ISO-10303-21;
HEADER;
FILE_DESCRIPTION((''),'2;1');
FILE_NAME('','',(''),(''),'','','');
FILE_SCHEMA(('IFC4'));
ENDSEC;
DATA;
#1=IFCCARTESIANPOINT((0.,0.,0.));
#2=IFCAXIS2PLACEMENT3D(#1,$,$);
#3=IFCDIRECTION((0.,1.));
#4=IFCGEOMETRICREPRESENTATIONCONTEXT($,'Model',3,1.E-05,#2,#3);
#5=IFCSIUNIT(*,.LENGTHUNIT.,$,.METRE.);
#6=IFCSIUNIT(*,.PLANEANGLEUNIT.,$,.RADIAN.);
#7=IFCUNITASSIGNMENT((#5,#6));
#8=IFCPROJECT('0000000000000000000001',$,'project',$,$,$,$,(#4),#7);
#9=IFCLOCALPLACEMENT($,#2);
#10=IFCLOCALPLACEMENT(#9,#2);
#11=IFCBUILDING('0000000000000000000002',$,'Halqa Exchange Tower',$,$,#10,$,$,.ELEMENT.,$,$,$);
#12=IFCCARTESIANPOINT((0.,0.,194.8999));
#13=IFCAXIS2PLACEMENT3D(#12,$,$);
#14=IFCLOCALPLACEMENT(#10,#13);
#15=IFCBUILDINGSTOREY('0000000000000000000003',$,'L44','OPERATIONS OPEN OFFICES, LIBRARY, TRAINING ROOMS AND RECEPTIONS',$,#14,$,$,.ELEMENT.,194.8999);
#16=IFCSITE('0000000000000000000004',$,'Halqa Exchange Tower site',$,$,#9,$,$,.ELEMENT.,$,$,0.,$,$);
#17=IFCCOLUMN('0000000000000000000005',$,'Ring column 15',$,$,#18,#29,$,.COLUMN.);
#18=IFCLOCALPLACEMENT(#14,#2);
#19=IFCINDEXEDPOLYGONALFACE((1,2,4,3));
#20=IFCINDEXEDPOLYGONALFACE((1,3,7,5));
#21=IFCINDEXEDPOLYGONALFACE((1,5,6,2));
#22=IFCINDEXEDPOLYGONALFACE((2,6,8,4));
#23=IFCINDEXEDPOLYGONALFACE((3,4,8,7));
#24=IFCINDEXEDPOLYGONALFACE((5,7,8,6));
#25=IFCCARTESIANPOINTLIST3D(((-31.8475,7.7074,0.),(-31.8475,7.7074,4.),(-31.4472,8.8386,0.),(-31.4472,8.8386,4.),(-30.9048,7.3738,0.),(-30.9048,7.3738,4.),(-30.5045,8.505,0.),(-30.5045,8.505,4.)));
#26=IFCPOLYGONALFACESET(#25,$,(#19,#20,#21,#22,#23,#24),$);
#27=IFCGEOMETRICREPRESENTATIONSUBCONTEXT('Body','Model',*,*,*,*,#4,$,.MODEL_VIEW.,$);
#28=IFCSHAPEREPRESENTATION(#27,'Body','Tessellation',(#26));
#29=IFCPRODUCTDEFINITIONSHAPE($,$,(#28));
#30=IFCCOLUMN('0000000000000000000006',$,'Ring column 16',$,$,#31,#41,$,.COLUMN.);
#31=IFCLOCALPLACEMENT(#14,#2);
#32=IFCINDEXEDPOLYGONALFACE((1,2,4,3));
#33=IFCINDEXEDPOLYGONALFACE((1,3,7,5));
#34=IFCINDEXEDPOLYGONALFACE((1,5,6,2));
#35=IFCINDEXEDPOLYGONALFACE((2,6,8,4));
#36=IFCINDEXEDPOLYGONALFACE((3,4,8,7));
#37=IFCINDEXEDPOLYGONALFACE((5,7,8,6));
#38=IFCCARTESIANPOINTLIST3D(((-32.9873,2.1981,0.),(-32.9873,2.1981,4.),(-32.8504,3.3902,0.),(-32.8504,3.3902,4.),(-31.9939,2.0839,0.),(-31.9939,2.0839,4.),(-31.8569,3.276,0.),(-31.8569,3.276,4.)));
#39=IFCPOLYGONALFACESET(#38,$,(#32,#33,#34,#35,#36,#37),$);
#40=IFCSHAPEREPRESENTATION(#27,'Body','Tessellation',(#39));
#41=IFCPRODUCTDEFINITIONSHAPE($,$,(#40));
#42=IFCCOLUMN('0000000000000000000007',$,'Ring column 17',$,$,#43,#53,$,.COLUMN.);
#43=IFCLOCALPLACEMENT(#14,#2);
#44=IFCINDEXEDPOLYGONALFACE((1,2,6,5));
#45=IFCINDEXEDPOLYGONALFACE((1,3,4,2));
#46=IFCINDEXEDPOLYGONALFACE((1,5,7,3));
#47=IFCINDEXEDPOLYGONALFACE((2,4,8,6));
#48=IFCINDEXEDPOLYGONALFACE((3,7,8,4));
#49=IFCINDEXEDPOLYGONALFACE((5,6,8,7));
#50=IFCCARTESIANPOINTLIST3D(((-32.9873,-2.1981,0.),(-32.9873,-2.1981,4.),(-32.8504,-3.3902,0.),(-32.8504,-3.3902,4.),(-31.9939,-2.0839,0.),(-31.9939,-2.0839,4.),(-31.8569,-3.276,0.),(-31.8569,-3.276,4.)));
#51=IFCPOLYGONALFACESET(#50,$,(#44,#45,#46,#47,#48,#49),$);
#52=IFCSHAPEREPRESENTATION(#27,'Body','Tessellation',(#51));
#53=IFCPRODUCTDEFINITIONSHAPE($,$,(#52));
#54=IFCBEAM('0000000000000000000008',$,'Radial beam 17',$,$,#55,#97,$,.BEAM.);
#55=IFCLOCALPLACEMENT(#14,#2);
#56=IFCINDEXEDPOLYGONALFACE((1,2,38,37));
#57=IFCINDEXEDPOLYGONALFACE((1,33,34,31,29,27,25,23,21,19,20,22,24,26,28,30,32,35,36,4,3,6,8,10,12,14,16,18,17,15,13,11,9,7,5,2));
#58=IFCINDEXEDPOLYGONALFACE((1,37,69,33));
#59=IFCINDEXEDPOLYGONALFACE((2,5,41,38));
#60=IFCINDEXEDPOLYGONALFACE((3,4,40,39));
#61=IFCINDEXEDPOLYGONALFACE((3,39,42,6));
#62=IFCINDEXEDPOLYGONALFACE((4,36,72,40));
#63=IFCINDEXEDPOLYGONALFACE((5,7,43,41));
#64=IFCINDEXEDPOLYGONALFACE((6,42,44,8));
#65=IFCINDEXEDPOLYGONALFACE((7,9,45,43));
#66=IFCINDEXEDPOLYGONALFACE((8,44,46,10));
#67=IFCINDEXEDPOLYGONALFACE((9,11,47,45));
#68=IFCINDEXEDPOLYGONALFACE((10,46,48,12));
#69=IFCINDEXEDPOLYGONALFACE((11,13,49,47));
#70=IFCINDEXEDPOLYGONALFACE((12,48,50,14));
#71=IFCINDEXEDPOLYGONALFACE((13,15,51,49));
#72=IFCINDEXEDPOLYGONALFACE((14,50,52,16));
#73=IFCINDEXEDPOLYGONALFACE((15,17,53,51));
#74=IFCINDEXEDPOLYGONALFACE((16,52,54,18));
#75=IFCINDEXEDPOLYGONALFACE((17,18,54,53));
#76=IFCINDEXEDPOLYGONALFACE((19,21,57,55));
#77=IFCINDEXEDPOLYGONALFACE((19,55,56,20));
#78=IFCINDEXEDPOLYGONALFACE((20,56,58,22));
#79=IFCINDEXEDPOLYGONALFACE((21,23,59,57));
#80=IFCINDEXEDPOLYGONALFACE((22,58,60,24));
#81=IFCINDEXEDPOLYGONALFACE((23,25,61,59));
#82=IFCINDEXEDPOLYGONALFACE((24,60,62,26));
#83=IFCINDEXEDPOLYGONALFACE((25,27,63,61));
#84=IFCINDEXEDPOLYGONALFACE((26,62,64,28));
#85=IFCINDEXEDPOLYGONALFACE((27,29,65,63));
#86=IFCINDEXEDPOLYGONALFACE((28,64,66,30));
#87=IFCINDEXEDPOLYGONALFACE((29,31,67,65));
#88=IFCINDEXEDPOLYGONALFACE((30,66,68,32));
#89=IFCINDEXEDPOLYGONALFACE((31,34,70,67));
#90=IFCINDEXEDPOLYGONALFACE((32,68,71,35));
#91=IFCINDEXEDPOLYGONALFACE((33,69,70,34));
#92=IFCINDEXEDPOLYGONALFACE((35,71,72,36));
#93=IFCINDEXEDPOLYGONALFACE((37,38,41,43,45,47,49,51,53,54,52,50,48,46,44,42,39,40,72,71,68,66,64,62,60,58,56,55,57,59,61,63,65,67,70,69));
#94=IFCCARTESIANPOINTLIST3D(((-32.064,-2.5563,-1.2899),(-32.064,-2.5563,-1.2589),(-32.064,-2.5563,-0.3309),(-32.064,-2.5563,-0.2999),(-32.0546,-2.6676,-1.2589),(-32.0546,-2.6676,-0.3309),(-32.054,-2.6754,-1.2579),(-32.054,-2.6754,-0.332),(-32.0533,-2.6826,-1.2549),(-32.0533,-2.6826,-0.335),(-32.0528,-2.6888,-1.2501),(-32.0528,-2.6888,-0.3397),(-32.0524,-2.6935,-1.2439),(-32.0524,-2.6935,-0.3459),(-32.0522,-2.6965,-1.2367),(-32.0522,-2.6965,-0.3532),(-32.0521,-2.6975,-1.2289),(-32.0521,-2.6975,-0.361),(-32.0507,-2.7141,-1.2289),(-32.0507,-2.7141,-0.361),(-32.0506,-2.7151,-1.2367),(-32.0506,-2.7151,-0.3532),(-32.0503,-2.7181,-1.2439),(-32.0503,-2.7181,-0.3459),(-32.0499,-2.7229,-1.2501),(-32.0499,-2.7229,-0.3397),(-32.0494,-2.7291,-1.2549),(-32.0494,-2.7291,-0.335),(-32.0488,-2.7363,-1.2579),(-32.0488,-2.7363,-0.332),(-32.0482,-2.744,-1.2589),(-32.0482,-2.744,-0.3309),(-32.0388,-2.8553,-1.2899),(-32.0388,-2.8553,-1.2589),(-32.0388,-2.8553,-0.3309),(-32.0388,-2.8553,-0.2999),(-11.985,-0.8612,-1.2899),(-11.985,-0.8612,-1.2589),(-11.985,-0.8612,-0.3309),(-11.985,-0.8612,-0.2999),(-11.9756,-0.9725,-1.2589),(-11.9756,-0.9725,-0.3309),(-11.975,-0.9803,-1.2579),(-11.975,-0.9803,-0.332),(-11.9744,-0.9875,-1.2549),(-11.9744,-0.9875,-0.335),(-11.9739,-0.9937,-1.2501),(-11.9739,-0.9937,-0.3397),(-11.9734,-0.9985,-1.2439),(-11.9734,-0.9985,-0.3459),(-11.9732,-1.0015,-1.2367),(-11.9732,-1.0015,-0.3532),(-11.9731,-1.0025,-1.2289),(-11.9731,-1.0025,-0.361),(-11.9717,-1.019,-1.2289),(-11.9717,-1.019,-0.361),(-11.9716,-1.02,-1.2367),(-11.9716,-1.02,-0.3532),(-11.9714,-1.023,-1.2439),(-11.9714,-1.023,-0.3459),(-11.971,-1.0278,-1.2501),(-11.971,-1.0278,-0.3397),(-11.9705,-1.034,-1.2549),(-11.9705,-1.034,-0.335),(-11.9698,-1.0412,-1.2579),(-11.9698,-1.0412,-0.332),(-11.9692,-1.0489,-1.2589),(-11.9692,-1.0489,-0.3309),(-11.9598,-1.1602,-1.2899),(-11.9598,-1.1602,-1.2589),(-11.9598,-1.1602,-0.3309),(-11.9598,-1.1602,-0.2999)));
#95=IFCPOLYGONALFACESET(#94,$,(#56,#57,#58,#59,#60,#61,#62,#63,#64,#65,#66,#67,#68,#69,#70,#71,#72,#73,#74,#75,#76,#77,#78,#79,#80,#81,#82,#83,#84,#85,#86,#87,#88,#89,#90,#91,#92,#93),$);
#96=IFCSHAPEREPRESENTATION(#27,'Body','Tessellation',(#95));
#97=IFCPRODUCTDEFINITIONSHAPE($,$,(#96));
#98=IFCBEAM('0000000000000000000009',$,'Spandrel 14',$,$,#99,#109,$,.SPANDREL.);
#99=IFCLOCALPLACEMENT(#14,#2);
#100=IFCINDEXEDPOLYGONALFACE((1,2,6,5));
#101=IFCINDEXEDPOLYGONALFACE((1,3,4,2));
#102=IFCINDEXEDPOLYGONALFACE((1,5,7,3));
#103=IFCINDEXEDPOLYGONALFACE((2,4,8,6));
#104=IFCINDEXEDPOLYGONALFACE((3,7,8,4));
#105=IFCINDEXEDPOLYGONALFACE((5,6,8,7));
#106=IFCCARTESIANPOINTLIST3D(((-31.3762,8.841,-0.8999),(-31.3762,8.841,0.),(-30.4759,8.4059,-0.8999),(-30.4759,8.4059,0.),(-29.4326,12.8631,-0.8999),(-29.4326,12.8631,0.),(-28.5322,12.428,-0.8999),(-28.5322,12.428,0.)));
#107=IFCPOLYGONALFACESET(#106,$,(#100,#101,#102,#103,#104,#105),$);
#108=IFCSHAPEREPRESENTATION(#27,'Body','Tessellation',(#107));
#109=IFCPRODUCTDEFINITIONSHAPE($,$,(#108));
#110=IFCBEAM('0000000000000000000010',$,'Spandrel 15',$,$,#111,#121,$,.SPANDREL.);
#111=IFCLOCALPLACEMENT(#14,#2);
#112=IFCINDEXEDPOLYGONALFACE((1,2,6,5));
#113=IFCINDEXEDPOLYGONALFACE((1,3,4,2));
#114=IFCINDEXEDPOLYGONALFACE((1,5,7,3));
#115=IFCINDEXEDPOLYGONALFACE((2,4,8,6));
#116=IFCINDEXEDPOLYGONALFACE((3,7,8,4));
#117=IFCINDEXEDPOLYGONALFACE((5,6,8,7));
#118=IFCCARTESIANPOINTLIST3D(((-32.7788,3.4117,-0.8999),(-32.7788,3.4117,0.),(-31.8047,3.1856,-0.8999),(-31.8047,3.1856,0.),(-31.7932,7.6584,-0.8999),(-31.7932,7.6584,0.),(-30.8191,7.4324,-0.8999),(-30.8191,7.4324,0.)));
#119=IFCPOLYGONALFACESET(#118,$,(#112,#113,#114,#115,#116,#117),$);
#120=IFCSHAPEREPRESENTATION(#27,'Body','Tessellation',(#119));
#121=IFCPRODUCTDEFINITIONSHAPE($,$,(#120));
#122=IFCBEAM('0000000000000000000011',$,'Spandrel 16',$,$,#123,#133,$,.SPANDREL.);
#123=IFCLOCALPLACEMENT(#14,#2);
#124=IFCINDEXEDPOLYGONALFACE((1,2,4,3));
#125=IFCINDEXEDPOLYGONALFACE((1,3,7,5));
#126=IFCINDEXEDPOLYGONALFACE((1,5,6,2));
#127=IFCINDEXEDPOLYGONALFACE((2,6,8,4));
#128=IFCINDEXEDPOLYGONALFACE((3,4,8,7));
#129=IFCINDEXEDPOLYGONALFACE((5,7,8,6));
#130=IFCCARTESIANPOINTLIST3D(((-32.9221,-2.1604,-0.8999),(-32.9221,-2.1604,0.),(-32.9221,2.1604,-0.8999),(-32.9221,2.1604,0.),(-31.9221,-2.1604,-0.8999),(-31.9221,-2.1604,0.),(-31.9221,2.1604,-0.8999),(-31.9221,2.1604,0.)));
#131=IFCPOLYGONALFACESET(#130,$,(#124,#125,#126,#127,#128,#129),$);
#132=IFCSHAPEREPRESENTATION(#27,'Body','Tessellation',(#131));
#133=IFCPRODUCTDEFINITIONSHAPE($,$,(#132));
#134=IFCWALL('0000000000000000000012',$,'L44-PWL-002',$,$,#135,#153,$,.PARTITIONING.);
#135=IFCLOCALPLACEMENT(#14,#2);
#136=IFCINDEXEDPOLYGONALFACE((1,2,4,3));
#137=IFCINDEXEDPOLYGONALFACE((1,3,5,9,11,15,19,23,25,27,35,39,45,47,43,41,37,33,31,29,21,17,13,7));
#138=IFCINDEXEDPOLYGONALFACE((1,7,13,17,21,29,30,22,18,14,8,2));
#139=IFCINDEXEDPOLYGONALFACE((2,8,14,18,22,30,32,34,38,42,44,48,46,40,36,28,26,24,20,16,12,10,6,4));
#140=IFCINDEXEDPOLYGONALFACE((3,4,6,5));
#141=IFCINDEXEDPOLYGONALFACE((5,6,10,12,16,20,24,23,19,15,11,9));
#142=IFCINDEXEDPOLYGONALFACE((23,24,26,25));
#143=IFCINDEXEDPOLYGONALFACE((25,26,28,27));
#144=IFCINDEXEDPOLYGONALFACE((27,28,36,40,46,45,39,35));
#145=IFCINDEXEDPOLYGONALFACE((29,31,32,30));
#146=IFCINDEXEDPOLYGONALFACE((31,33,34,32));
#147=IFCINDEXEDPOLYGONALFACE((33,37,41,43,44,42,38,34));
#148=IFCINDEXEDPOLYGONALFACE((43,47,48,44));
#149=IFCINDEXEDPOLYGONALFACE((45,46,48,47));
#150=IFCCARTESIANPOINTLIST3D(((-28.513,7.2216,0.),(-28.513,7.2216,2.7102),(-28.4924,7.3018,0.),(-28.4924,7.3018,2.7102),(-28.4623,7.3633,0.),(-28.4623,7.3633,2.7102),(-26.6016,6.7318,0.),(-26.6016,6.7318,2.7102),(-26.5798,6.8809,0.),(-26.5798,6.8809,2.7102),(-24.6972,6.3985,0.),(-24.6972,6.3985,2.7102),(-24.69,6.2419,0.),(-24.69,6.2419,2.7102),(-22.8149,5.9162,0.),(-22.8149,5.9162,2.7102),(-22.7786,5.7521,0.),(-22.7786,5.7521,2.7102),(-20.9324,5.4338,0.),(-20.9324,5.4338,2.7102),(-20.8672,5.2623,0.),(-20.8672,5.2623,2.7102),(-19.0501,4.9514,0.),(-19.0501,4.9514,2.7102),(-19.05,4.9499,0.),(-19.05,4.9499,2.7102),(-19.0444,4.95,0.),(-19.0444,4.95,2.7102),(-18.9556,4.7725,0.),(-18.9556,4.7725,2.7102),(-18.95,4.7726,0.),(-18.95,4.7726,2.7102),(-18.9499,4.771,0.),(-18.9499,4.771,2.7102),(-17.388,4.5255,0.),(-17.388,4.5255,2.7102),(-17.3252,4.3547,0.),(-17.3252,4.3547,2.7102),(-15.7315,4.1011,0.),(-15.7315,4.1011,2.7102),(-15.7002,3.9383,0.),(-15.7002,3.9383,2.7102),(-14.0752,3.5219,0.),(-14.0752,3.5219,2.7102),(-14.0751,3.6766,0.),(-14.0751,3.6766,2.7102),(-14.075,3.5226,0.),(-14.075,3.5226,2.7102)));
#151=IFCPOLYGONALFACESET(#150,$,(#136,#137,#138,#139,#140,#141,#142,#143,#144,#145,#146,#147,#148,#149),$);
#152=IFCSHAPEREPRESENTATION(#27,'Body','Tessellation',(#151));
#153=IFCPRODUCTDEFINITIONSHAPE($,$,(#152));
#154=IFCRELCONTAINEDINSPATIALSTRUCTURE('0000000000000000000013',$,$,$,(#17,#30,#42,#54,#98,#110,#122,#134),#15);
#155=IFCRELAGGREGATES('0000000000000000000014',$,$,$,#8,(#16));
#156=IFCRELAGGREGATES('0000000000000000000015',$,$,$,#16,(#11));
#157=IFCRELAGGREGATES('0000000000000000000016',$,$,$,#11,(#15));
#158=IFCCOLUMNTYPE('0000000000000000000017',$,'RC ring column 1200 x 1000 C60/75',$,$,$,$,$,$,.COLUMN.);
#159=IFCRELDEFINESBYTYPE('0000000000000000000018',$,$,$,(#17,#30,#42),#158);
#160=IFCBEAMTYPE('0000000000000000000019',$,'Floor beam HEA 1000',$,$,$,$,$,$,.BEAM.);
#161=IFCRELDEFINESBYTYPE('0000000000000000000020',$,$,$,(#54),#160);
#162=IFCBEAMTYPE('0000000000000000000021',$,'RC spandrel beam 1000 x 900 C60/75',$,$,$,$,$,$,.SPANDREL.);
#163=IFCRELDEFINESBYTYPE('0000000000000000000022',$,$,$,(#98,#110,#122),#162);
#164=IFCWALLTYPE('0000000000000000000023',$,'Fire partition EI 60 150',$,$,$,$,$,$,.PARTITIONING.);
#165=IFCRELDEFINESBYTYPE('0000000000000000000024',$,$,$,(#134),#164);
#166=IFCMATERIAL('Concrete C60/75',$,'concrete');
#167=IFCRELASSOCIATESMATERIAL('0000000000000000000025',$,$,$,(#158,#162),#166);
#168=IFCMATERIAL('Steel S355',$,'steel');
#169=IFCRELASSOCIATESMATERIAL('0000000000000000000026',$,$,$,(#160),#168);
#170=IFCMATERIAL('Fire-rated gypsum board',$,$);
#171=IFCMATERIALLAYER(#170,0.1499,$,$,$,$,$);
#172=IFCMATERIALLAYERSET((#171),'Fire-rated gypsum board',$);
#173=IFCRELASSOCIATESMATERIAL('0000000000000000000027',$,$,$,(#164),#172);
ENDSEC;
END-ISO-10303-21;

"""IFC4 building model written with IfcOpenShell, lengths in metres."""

from ifc_helpers import new_model, si_unit, direction, frame, origin, origin_2d, place, context, subcontext, project, spatial, polyline, rectangle, i_section, outline, extrude, material, layer, layer_set, material_profile, profile_set, type_object, element, save


model = new_model("IFC4")

# Units and contexts
model_context = context("Model", 3, precision=1e-05, world=origin(), true_north=direction((0.0, 1.0)))
body_context = subcontext(model_context, "Body", "Model", "MODEL_VIEW")
ifc_project = project(units=[si_unit("LENGTHUNIT", "METRE"), si_unit("PLANEANGLEUNIT", "RADIAN")], contexts=[model_context])

# Site, building, storey
site_placement = place(None, origin())
site = spatial("IfcSite", under=ifc_project, at=site_placement, Name="Halqa Exchange Tower site", CompositionType="ELEMENT", RefElevation=0.0)
building_placement = place(site_placement, origin())
building = spatial("IfcBuilding", under=site, at=building_placement, Name="Halqa Exchange Tower", CompositionType="ELEMENT")
storey_placement = place(building_placement, frame((0.0, 0.0, 194.8999)))
storey = spatial("IfcBuildingStorey", under=building, at=storey_placement, Name="L44", Description="OPERATIONS OPEN OFFICES, LIBRARY, TRAINING ROOMS AND RECEPTIONS", CompositionType="ELEMENT", Elevation=194.8999)

# Columns
ifc_material_1 = material(Name="Concrete C60/75", Category="concrete")
ifc_material_profile_1 = material_profile(ifc_material_1, rectangle(XDim=1.2, YDim=1.0, at=origin_2d()), Name="1200 x 1000")
ifc_profile_set_1 = profile_set([ifc_material_profile_1], Name="Concrete C60/75")
column_type = type_object("IfcColumnType", Name="RC ring column 1200 x 1000 C60/75", PredefinedType="COLUMN", material=ifc_profile_set_1)
for number, where, z_axis, x_axis, name in (
    (1, (-31.176, 8.1062, 0.0), (0.0, 0.0, 1.0), (-0.333626, -0.942706, 0.0), "Ring column 15"),
    (2, (-32.4221, 2.7371, 0.0), (0.0, 0.0, 1.0), (-0.11415, -0.993464, 0.0), "Ring column 16"),
    (3, (-32.4221, -2.7371, 0.0), (0.0, 0.0, 1.0), (0.11415, -0.993464, 0.0), "Ring column 17"),
):
    element("IfcColumn", number, at=place(storey_placement, frame(where, z_axis=z_axis, x_axis=x_axis)), inside=storey, type_object=column_type, Name=name, PredefinedType="COLUMN", context=body_context, shape_type="SweptSolid", body=[
        extrude(rectangle(XDim=1.2, YDim=1.0, at=origin_2d()), origin(), (0.0, 0.0, 1.0), 4.0),
    ])

# Beams
ifc_material_2 = material(Name="Steel S355", Category="steel")
ifc_material_profile_2 = material_profile(ifc_material_2, i_section(OverallWidth=0.3, OverallDepth=0.99, WebThickness=0.0166, FlangeThickness=0.031, FilletRadius=0.03, at=origin_2d()), Name="HEA 1000")
ifc_profile_set_2 = profile_set([ifc_material_profile_2], Name="Steel S355")
beam_type_1 = type_object("IfcBeamType", Name="Floor beam HEA 1000", PredefinedType="BEAM", material=ifc_profile_set_2)
beam_1_placement = place(storey_placement, frame((-11.9724, -1.0107, -0.7949), z_axis=(-0.996456, -0.084121, 0.0), x_axis=(0.084121, -0.996456, 0.0)))
element("IfcBeam", 4, at=beam_1_placement, inside=storey, type_object=beam_type_1, Name="Radial beam 17", PredefinedType="BEAM", context=body_context, shape_type="SweptSolid", body=[
    extrude(i_section(OverallWidth=0.3, OverallDepth=0.99, WebThickness=0.0166, FlangeThickness=0.031, FilletRadius=0.03, at=origin_2d()), origin(), (0.0, 0.0, 1.0), 20.1504),
])
ifc_material_profile_3 = material_profile(ifc_material_1, rectangle(XDim=1.0, YDim=0.8999, at=origin_2d()), Name="1000 x 900")
ifc_profile_set_3 = profile_set([ifc_material_profile_3], Name="Concrete C60/75")
beam_type_2 = type_object("IfcBeamType", Name="RC spandrel beam 1000 x 900 C60/75", PredefinedType="SPANDREL", material=ifc_profile_set_3)
beam_2_placement = place(storey_placement, frame((-28.9824, 12.6455, -0.45), z_axis=(-0.435105, -0.90038, 0.0), x_axis=(0.90038, -0.435105, 0.0)))
element("IfcBeam", 5, at=beam_2_placement, inside=storey, type_object=beam_type_2, Name="Spandrel 14", PredefinedType="SPANDREL", context=body_context, shape_type="SweptSolid", body=[
    extrude(rectangle(XDim=1.0, YDim=0.8999, at=origin_2d()), origin(), (0.0, 0.0, 1.0), 4.467),
])
beam_3_placement = place(storey_placement, frame((-31.3062, 7.5454, -0.45), z_axis=(-0.22607, -0.974111, 0.0), x_axis=(0.974111, -0.22607, 0.0)))
element("IfcBeam", 6, at=beam_3_placement, inside=storey, type_object=beam_type_2, Name="Spandrel 15", PredefinedType="SPANDREL", context=body_context, shape_type="SweptSolid", body=[
    extrude(rectangle(XDim=1.0, YDim=0.8999, at=origin_2d()), origin(), (0.0, 0.0, 1.0), 4.3596),
])
beam_4_placement = place(storey_placement, frame((-32.4221, 2.1604, -0.45), z_axis=(0.0, -1.0, 0.0), x_axis=(1.0, 0.0, 0.0)))
element("IfcBeam", 7, at=beam_4_placement, inside=storey, type_object=beam_type_2, Name="Spandrel 16", PredefinedType="SPANDREL", context=body_context, shape_type="SweptSolid", body=[
    extrude(rectangle(XDim=1.0, YDim=0.8999, at=origin_2d()), origin(), (0.0, 0.0, 1.0), 4.3208),
])

# Wall
ifc_material_3 = material(Name="Fire-rated gypsum board")
ifc_layer_1 = layer(ifc_material_3, 0.1499)
ifc_layer_set_1 = layer_set([ifc_layer_1], Name="Fire-rated gypsum board")
wall_type_1 = type_object("IfcWallType", Name="Fire partition EI 60 150", PredefinedType="PARTITIONING", material=ifc_layer_set_1)
wall_1_placement = place(storey_placement, frame((-28.4944, 7.2942, 0.0), z_axis=(0.0, 0.0, 1.0), x_axis=(0.968701, -0.248232, 0.0)))
element("IfcWall", 8, at=wall_1_placement, inside=storey, type_object=wall_type_1, Name="L44-PWL-002", PredefinedType="PARTITIONING", context=body_context, shape_type="SweptSolid", body=[
    extrude(outline(polyline([(0.0, -0.075), (1.9731, -0.075), (3.9465, -0.075), (5.9197, -0.075), (7.8928, -0.075), (9.8662, -0.075), (9.8716, -0.0735), (9.8721, -0.075), (11.5493, -0.075), (13.2268, -0.075), (14.9043, -0.075), (14.9043, -0.0742), (14.866, 0.075), (13.156, 0.075), (11.446, 0.075), (9.7361, 0.075), (9.7307, 0.0735), (9.7302, 0.075), (7.7871, 0.075), (5.8438, 0.075), (3.9006, 0.075), (1.9573, 0.075), (0.0139, 0.075), (0.0, 0.0078), (0.0, -0.075)])), origin(), (0.0, 0.0, 1.0), 2.7102),
])

save(model, "model.ifc")
